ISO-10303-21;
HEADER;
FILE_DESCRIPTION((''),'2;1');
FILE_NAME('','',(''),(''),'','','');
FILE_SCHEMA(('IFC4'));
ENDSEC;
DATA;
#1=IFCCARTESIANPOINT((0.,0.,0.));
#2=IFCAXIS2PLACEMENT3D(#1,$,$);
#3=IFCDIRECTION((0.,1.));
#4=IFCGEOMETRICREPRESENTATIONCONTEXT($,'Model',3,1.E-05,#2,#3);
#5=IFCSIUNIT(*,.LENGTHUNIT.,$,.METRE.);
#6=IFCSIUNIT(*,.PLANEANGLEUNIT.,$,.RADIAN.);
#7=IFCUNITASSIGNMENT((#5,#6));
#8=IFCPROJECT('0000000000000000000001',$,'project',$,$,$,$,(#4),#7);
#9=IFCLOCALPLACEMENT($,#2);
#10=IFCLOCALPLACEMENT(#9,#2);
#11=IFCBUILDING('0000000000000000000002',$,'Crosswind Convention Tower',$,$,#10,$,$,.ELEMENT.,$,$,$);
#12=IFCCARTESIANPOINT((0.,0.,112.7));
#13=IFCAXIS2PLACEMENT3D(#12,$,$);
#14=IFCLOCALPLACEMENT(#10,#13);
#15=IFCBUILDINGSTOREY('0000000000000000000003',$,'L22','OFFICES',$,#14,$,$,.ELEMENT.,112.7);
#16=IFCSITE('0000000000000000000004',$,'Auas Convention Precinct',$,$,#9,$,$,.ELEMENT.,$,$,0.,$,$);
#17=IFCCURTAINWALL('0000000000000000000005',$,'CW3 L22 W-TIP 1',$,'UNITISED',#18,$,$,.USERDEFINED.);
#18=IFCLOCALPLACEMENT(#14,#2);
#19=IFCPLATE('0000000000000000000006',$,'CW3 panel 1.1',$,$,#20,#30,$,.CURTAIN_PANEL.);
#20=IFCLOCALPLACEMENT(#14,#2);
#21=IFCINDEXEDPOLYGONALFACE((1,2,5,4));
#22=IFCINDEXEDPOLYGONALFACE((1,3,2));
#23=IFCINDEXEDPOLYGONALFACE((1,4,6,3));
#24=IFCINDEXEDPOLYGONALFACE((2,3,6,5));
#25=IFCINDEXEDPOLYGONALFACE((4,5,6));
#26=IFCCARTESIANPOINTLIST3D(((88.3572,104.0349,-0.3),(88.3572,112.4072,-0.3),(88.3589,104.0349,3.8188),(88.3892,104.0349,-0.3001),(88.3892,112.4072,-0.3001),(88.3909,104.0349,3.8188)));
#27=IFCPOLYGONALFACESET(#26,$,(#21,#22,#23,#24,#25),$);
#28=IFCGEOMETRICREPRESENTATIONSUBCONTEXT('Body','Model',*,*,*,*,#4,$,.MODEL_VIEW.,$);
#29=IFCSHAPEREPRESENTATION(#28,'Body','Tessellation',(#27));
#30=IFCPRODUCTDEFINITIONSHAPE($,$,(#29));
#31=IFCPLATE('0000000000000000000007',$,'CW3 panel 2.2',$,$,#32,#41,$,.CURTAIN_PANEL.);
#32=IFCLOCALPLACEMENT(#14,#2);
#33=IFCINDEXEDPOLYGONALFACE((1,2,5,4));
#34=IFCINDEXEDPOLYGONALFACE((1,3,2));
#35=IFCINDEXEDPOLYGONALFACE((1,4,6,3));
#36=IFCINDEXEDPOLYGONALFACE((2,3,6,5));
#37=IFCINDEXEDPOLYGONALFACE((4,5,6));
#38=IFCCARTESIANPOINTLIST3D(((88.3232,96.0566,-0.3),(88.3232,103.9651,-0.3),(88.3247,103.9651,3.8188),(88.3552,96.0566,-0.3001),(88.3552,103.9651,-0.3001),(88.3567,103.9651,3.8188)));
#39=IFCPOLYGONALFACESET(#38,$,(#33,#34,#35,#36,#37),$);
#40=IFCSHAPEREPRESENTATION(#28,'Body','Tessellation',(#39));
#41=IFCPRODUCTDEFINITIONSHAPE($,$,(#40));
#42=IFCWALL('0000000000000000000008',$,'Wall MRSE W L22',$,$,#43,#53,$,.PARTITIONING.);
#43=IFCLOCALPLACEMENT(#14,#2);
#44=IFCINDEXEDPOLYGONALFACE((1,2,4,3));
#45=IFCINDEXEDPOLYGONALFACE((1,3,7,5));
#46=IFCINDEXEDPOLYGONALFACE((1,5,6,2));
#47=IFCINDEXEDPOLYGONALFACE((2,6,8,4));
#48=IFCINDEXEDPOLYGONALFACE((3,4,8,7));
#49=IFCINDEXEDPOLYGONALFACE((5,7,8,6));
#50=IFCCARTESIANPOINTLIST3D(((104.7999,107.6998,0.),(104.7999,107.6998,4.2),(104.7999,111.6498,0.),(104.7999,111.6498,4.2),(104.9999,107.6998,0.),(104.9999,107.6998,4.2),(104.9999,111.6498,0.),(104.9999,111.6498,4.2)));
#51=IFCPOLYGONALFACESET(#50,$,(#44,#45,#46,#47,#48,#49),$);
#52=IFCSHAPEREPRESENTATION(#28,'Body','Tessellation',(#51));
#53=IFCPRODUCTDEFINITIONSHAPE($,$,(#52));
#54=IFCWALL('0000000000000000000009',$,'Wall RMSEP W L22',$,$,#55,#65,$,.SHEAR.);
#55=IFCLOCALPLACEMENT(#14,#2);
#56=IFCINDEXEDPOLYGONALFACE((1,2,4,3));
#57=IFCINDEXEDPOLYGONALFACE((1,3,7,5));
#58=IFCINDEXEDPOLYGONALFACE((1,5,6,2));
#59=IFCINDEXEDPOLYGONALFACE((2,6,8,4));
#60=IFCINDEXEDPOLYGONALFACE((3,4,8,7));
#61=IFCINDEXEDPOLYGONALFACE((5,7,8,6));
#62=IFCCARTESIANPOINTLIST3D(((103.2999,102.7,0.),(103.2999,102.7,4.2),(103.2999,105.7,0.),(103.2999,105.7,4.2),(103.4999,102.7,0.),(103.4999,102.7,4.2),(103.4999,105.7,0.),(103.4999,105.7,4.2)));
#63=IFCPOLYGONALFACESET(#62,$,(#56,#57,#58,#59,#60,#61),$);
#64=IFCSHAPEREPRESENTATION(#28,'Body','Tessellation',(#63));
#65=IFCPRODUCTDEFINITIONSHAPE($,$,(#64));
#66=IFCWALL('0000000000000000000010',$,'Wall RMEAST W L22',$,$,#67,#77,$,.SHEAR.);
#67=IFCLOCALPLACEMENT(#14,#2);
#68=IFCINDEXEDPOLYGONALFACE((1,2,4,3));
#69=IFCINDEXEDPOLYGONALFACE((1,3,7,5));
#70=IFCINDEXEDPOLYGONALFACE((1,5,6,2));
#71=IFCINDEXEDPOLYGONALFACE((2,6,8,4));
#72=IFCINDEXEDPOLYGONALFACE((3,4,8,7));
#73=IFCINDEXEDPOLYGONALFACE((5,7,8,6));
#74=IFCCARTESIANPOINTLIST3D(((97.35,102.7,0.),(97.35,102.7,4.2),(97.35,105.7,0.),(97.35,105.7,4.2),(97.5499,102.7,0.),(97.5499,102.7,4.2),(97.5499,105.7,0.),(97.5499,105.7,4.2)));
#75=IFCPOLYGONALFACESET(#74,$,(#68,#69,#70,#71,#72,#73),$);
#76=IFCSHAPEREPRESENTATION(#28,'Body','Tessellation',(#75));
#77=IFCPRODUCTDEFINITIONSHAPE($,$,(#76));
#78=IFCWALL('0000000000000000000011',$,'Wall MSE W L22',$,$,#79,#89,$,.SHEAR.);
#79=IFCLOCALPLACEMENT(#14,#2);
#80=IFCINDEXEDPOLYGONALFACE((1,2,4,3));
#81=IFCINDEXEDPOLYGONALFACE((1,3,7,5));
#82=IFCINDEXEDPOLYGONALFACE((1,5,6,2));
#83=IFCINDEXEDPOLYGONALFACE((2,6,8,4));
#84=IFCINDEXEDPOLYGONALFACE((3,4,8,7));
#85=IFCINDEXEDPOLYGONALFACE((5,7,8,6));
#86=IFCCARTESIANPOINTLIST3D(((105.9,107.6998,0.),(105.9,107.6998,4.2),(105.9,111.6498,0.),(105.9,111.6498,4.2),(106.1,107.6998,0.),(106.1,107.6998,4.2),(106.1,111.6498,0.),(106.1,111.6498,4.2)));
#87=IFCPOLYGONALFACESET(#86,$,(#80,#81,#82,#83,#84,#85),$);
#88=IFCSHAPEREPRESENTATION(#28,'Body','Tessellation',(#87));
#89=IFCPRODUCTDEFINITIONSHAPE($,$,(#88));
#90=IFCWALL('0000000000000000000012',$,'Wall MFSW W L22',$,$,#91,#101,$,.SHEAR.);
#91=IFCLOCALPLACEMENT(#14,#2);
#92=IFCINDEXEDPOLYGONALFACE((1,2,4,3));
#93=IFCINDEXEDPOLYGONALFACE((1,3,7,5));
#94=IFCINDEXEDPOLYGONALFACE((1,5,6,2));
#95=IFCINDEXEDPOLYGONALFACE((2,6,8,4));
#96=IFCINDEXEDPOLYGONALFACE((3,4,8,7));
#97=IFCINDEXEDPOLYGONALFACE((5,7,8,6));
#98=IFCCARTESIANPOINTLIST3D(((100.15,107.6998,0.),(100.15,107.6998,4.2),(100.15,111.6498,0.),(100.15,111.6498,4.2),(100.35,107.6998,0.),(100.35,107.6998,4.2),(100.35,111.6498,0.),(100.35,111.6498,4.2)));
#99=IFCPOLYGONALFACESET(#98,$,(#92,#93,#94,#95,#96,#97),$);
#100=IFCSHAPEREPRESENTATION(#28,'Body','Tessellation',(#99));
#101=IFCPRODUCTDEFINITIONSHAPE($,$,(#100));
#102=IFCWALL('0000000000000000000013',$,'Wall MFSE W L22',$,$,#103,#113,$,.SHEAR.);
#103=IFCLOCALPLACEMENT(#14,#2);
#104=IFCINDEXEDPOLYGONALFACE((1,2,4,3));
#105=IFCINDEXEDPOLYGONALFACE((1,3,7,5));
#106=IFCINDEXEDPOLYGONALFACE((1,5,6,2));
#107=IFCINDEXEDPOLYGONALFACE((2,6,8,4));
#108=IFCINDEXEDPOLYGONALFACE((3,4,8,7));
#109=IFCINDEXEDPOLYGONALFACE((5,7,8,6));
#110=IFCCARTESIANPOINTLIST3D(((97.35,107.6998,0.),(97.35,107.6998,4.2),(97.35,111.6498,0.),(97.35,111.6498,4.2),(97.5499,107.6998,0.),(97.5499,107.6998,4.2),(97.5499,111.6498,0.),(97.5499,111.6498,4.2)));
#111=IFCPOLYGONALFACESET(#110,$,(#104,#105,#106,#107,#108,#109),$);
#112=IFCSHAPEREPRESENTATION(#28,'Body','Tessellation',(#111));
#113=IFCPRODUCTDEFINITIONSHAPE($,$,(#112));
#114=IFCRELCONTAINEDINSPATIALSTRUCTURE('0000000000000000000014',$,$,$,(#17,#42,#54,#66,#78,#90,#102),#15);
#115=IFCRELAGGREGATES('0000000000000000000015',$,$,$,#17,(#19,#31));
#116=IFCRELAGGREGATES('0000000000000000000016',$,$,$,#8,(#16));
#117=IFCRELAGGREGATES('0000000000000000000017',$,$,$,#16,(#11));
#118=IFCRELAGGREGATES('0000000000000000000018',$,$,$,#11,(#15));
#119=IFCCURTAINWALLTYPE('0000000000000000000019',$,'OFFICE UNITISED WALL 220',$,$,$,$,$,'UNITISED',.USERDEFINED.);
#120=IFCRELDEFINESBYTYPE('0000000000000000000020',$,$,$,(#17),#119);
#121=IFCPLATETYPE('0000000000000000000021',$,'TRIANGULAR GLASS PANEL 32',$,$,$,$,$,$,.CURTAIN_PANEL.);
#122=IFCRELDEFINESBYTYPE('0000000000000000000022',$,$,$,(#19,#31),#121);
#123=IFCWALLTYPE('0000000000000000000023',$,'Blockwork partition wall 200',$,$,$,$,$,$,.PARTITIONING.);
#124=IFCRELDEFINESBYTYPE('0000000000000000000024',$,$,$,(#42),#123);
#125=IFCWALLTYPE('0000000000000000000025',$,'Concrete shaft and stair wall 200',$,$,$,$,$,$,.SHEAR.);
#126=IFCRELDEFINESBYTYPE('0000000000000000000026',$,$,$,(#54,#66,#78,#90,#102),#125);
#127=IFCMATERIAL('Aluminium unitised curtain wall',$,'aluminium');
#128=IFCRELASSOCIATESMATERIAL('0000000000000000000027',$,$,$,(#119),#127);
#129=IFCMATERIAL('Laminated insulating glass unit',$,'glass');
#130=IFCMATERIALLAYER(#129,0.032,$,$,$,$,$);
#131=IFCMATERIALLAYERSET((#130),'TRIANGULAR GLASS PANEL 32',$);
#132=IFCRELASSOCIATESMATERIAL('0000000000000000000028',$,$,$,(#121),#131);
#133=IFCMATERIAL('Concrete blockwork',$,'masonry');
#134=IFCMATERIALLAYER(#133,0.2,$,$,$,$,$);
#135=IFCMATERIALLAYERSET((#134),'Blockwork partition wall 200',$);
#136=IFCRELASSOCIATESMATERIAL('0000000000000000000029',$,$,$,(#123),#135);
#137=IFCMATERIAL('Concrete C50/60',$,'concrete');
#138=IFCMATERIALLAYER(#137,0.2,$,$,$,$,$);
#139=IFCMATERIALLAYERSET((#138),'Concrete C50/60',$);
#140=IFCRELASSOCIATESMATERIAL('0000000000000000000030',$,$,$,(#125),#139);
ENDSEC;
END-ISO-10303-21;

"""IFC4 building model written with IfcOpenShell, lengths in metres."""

from ifc_helpers import new_model, si_unit, direction, frame, frame_2d, origin, place, context, subcontext, project, spatial, polyline, rectangle, outline, extrude, material, layer, layer_set, type_object, element, aggregate, save


model = new_model("IFC4")

# Units and contexts
model_context = context("Model", 3, precision=1e-05, world=origin(), true_north=direction((0.0, 1.0)))
body_context = subcontext(model_context, "Body", "Model", "MODEL_VIEW")
ifc_project = project(units=[si_unit("LENGTHUNIT", "METRE"), si_unit("PLANEANGLEUNIT", "RADIAN")], contexts=[model_context])

# Site, building, storey
site_placement = place(None, origin())
site = spatial("IfcSite", under=ifc_project, at=site_placement, Name="Auas Convention Precinct", CompositionType="ELEMENT", RefElevation=0.0)
building_placement = place(site_placement, origin())
building = spatial("IfcBuilding", under=site, at=building_placement, Name="Crosswind Convention Tower", CompositionType="ELEMENT")
storey_placement = place(building_placement, frame((0.0, 0.0, 112.7)))
storey = spatial("IfcBuildingStorey", under=building, at=storey_placement, Name="L22", Description="OFFICES", CompositionType="ELEMENT", Elevation=112.7)

# Curtain wall
ifc_material_1 = material(Name="Aluminium unitised curtain wall", Category="aluminium")
curtain_wall_type = type_object("IfcCurtainWallType", Name="OFFICE UNITISED WALL 220", ElementType="UNITISED", PredefinedType="USERDEFINED", material=ifc_material_1)
curtain_wall_placement = place(storey_placement, origin())
curtain_wall = element("IfcCurtainWall", 1, at=curtain_wall_placement, inside=storey, type_object=curtain_wall_type, Name="CW3 L22 W-TIP 1", ObjectType="UNITISED", PredefinedType="USERDEFINED")

# Plates
ifc_material_2 = material(Name="Laminated insulating glass unit", Category="glass")
ifc_layer_1 = layer(ifc_material_2, 0.032)
ifc_layer_set_1 = layer_set([ifc_layer_1], Name="TRIANGULAR GLASS PANEL 32")
plate_type = type_object("IfcPlateType", Name="TRIANGULAR GLASS PANEL 32", PredefinedType="CURTAIN_PANEL", material=ifc_layer_set_1)
plate_1_placement = place(storey_placement, frame((88.3572, 104.0349, -0.3), z_axis=(-1.0, 0.0, 0.000415), x_axis=(0.000415, 0.0, 1.0)))
plate_1 = element("IfcPlate", 2, at=plate_1_placement, type_object=plate_type, Name="CW3 panel 1.1", PredefinedType="CURTAIN_PANEL", context=body_context, shape_type="SweptSolid", body=[
    extrude(outline(polyline([(0.0, 0.0), (4.1189, 0.0), (0.0, 8.3723), (0.0, 0.0)])), origin(), (0.0, 0.0, -1.0), 0.032),
])
plate_2_placement = place(storey_placement, frame((88.3232, 103.9651, -0.3), z_axis=(-1.0, 0.0, 0.000356), x_axis=(0.0, -1.0, 0.0)))
plate_2 = element("IfcPlate", 3, at=plate_2_placement, type_object=plate_type, Name="CW3 panel 2.2", PredefinedType="CURTAIN_PANEL", context=body_context, shape_type="SweptSolid", body=[
    extrude(outline(polyline([(0.0, 0.0), (7.9084, 0.0), (0.0, 4.1189), (0.0, 0.0)])), origin(), (0.0, 0.0, -1.0), 0.032),
])
aggregate(curtain_wall, [plate_1, plate_2])

# Wall
ifc_material_3 = material(Name="Concrete blockwork", Category="masonry")
ifc_layer_2 = layer(ifc_material_3, 0.2)
ifc_layer_set_2 = layer_set([ifc_layer_2], Name="Blockwork partition wall 200")
wall_type_1 = type_object("IfcWallType", Name="Blockwork partition wall 200", PredefinedType="PARTITIONING", material=ifc_layer_set_2)
wall_1_placement = place(storey_placement, frame((104.8999, 111.6499, 0.0), z_axis=(0.0, 0.0, 1.0), x_axis=(0.0, -1.0, 0.0)))
element("IfcWall", 4, at=wall_1_placement, inside=storey, type_object=wall_type_1, Name="Wall MRSE W L22", PredefinedType="PARTITIONING", context=body_context, shape_type="SweptSolid", body=[
    extrude(rectangle(XDim=3.95, YDim=0.2, at=frame_2d((1.9751, 0.0))), origin(), (0.0, 0.0, 1.0), 4.2),
])

# Walls
ifc_material_4 = material(Name="Concrete C50/60", Category="concrete")
ifc_layer_3 = layer(ifc_material_4, 0.2)
ifc_layer_set_3 = layer_set([ifc_layer_3], Name="Concrete C50/60")
wall_type_2 = type_object("IfcWallType", Name="Concrete shaft and stair wall 200", PredefinedType="SHEAR", material=ifc_layer_set_3)
for number, where, z_axis, x_axis, name in (
    (5, (103.3999, 105.7, 0.0), (0.0, 0.0, 1.0), (0.0, -1.0, 0.0), "Wall RMSEP W L22"),
    (6, (97.45, 105.7, 0.0), (0.0, 0.0, 1.0), (0.0, -1.0, 0.0), "Wall RMEAST W L22"),
):
    element("IfcWall", number, at=place(storey_placement, frame(where, z_axis=z_axis, x_axis=x_axis)), inside=storey, type_object=wall_type_2, Name=name, PredefinedType="SHEAR", context=body_context, shape_type="SweptSolid", body=[
        extrude(rectangle(XDim=3.0, YDim=0.2, at=frame_2d((1.5, 0.0))), origin(), (0.0, 0.0, 1.0), 4.2),
    ])
for number, where, z_axis, x_axis, name in (
    (7, (106.0, 111.6499, 0.0), (0.0, 0.0, 1.0), (0.0, -1.0, 0.0), "Wall MSE W L22"),
    (8, (100.25, 111.6499, 0.0), (0.0, 0.0, 1.0), (0.0, -1.0, 0.0), "Wall MFSW W L22"),
    (9, (97.45, 111.6499, 0.0), (0.0, 0.0, 1.0), (0.0, -1.0, 0.0), "Wall MFSE W L22"),
):
    element("IfcWall", number, at=place(storey_placement, frame(where, z_axis=z_axis, x_axis=x_axis)), inside=storey, type_object=wall_type_2, Name=name, PredefinedType="SHEAR", context=body_context, shape_type="SweptSolid", body=[
        extrude(rectangle(XDim=3.95, YDim=0.2, at=frame_2d((1.9751, 0.0))), origin(), (0.0, 0.0, 1.0), 4.2),
    ])

save(model, "model.ifc")
